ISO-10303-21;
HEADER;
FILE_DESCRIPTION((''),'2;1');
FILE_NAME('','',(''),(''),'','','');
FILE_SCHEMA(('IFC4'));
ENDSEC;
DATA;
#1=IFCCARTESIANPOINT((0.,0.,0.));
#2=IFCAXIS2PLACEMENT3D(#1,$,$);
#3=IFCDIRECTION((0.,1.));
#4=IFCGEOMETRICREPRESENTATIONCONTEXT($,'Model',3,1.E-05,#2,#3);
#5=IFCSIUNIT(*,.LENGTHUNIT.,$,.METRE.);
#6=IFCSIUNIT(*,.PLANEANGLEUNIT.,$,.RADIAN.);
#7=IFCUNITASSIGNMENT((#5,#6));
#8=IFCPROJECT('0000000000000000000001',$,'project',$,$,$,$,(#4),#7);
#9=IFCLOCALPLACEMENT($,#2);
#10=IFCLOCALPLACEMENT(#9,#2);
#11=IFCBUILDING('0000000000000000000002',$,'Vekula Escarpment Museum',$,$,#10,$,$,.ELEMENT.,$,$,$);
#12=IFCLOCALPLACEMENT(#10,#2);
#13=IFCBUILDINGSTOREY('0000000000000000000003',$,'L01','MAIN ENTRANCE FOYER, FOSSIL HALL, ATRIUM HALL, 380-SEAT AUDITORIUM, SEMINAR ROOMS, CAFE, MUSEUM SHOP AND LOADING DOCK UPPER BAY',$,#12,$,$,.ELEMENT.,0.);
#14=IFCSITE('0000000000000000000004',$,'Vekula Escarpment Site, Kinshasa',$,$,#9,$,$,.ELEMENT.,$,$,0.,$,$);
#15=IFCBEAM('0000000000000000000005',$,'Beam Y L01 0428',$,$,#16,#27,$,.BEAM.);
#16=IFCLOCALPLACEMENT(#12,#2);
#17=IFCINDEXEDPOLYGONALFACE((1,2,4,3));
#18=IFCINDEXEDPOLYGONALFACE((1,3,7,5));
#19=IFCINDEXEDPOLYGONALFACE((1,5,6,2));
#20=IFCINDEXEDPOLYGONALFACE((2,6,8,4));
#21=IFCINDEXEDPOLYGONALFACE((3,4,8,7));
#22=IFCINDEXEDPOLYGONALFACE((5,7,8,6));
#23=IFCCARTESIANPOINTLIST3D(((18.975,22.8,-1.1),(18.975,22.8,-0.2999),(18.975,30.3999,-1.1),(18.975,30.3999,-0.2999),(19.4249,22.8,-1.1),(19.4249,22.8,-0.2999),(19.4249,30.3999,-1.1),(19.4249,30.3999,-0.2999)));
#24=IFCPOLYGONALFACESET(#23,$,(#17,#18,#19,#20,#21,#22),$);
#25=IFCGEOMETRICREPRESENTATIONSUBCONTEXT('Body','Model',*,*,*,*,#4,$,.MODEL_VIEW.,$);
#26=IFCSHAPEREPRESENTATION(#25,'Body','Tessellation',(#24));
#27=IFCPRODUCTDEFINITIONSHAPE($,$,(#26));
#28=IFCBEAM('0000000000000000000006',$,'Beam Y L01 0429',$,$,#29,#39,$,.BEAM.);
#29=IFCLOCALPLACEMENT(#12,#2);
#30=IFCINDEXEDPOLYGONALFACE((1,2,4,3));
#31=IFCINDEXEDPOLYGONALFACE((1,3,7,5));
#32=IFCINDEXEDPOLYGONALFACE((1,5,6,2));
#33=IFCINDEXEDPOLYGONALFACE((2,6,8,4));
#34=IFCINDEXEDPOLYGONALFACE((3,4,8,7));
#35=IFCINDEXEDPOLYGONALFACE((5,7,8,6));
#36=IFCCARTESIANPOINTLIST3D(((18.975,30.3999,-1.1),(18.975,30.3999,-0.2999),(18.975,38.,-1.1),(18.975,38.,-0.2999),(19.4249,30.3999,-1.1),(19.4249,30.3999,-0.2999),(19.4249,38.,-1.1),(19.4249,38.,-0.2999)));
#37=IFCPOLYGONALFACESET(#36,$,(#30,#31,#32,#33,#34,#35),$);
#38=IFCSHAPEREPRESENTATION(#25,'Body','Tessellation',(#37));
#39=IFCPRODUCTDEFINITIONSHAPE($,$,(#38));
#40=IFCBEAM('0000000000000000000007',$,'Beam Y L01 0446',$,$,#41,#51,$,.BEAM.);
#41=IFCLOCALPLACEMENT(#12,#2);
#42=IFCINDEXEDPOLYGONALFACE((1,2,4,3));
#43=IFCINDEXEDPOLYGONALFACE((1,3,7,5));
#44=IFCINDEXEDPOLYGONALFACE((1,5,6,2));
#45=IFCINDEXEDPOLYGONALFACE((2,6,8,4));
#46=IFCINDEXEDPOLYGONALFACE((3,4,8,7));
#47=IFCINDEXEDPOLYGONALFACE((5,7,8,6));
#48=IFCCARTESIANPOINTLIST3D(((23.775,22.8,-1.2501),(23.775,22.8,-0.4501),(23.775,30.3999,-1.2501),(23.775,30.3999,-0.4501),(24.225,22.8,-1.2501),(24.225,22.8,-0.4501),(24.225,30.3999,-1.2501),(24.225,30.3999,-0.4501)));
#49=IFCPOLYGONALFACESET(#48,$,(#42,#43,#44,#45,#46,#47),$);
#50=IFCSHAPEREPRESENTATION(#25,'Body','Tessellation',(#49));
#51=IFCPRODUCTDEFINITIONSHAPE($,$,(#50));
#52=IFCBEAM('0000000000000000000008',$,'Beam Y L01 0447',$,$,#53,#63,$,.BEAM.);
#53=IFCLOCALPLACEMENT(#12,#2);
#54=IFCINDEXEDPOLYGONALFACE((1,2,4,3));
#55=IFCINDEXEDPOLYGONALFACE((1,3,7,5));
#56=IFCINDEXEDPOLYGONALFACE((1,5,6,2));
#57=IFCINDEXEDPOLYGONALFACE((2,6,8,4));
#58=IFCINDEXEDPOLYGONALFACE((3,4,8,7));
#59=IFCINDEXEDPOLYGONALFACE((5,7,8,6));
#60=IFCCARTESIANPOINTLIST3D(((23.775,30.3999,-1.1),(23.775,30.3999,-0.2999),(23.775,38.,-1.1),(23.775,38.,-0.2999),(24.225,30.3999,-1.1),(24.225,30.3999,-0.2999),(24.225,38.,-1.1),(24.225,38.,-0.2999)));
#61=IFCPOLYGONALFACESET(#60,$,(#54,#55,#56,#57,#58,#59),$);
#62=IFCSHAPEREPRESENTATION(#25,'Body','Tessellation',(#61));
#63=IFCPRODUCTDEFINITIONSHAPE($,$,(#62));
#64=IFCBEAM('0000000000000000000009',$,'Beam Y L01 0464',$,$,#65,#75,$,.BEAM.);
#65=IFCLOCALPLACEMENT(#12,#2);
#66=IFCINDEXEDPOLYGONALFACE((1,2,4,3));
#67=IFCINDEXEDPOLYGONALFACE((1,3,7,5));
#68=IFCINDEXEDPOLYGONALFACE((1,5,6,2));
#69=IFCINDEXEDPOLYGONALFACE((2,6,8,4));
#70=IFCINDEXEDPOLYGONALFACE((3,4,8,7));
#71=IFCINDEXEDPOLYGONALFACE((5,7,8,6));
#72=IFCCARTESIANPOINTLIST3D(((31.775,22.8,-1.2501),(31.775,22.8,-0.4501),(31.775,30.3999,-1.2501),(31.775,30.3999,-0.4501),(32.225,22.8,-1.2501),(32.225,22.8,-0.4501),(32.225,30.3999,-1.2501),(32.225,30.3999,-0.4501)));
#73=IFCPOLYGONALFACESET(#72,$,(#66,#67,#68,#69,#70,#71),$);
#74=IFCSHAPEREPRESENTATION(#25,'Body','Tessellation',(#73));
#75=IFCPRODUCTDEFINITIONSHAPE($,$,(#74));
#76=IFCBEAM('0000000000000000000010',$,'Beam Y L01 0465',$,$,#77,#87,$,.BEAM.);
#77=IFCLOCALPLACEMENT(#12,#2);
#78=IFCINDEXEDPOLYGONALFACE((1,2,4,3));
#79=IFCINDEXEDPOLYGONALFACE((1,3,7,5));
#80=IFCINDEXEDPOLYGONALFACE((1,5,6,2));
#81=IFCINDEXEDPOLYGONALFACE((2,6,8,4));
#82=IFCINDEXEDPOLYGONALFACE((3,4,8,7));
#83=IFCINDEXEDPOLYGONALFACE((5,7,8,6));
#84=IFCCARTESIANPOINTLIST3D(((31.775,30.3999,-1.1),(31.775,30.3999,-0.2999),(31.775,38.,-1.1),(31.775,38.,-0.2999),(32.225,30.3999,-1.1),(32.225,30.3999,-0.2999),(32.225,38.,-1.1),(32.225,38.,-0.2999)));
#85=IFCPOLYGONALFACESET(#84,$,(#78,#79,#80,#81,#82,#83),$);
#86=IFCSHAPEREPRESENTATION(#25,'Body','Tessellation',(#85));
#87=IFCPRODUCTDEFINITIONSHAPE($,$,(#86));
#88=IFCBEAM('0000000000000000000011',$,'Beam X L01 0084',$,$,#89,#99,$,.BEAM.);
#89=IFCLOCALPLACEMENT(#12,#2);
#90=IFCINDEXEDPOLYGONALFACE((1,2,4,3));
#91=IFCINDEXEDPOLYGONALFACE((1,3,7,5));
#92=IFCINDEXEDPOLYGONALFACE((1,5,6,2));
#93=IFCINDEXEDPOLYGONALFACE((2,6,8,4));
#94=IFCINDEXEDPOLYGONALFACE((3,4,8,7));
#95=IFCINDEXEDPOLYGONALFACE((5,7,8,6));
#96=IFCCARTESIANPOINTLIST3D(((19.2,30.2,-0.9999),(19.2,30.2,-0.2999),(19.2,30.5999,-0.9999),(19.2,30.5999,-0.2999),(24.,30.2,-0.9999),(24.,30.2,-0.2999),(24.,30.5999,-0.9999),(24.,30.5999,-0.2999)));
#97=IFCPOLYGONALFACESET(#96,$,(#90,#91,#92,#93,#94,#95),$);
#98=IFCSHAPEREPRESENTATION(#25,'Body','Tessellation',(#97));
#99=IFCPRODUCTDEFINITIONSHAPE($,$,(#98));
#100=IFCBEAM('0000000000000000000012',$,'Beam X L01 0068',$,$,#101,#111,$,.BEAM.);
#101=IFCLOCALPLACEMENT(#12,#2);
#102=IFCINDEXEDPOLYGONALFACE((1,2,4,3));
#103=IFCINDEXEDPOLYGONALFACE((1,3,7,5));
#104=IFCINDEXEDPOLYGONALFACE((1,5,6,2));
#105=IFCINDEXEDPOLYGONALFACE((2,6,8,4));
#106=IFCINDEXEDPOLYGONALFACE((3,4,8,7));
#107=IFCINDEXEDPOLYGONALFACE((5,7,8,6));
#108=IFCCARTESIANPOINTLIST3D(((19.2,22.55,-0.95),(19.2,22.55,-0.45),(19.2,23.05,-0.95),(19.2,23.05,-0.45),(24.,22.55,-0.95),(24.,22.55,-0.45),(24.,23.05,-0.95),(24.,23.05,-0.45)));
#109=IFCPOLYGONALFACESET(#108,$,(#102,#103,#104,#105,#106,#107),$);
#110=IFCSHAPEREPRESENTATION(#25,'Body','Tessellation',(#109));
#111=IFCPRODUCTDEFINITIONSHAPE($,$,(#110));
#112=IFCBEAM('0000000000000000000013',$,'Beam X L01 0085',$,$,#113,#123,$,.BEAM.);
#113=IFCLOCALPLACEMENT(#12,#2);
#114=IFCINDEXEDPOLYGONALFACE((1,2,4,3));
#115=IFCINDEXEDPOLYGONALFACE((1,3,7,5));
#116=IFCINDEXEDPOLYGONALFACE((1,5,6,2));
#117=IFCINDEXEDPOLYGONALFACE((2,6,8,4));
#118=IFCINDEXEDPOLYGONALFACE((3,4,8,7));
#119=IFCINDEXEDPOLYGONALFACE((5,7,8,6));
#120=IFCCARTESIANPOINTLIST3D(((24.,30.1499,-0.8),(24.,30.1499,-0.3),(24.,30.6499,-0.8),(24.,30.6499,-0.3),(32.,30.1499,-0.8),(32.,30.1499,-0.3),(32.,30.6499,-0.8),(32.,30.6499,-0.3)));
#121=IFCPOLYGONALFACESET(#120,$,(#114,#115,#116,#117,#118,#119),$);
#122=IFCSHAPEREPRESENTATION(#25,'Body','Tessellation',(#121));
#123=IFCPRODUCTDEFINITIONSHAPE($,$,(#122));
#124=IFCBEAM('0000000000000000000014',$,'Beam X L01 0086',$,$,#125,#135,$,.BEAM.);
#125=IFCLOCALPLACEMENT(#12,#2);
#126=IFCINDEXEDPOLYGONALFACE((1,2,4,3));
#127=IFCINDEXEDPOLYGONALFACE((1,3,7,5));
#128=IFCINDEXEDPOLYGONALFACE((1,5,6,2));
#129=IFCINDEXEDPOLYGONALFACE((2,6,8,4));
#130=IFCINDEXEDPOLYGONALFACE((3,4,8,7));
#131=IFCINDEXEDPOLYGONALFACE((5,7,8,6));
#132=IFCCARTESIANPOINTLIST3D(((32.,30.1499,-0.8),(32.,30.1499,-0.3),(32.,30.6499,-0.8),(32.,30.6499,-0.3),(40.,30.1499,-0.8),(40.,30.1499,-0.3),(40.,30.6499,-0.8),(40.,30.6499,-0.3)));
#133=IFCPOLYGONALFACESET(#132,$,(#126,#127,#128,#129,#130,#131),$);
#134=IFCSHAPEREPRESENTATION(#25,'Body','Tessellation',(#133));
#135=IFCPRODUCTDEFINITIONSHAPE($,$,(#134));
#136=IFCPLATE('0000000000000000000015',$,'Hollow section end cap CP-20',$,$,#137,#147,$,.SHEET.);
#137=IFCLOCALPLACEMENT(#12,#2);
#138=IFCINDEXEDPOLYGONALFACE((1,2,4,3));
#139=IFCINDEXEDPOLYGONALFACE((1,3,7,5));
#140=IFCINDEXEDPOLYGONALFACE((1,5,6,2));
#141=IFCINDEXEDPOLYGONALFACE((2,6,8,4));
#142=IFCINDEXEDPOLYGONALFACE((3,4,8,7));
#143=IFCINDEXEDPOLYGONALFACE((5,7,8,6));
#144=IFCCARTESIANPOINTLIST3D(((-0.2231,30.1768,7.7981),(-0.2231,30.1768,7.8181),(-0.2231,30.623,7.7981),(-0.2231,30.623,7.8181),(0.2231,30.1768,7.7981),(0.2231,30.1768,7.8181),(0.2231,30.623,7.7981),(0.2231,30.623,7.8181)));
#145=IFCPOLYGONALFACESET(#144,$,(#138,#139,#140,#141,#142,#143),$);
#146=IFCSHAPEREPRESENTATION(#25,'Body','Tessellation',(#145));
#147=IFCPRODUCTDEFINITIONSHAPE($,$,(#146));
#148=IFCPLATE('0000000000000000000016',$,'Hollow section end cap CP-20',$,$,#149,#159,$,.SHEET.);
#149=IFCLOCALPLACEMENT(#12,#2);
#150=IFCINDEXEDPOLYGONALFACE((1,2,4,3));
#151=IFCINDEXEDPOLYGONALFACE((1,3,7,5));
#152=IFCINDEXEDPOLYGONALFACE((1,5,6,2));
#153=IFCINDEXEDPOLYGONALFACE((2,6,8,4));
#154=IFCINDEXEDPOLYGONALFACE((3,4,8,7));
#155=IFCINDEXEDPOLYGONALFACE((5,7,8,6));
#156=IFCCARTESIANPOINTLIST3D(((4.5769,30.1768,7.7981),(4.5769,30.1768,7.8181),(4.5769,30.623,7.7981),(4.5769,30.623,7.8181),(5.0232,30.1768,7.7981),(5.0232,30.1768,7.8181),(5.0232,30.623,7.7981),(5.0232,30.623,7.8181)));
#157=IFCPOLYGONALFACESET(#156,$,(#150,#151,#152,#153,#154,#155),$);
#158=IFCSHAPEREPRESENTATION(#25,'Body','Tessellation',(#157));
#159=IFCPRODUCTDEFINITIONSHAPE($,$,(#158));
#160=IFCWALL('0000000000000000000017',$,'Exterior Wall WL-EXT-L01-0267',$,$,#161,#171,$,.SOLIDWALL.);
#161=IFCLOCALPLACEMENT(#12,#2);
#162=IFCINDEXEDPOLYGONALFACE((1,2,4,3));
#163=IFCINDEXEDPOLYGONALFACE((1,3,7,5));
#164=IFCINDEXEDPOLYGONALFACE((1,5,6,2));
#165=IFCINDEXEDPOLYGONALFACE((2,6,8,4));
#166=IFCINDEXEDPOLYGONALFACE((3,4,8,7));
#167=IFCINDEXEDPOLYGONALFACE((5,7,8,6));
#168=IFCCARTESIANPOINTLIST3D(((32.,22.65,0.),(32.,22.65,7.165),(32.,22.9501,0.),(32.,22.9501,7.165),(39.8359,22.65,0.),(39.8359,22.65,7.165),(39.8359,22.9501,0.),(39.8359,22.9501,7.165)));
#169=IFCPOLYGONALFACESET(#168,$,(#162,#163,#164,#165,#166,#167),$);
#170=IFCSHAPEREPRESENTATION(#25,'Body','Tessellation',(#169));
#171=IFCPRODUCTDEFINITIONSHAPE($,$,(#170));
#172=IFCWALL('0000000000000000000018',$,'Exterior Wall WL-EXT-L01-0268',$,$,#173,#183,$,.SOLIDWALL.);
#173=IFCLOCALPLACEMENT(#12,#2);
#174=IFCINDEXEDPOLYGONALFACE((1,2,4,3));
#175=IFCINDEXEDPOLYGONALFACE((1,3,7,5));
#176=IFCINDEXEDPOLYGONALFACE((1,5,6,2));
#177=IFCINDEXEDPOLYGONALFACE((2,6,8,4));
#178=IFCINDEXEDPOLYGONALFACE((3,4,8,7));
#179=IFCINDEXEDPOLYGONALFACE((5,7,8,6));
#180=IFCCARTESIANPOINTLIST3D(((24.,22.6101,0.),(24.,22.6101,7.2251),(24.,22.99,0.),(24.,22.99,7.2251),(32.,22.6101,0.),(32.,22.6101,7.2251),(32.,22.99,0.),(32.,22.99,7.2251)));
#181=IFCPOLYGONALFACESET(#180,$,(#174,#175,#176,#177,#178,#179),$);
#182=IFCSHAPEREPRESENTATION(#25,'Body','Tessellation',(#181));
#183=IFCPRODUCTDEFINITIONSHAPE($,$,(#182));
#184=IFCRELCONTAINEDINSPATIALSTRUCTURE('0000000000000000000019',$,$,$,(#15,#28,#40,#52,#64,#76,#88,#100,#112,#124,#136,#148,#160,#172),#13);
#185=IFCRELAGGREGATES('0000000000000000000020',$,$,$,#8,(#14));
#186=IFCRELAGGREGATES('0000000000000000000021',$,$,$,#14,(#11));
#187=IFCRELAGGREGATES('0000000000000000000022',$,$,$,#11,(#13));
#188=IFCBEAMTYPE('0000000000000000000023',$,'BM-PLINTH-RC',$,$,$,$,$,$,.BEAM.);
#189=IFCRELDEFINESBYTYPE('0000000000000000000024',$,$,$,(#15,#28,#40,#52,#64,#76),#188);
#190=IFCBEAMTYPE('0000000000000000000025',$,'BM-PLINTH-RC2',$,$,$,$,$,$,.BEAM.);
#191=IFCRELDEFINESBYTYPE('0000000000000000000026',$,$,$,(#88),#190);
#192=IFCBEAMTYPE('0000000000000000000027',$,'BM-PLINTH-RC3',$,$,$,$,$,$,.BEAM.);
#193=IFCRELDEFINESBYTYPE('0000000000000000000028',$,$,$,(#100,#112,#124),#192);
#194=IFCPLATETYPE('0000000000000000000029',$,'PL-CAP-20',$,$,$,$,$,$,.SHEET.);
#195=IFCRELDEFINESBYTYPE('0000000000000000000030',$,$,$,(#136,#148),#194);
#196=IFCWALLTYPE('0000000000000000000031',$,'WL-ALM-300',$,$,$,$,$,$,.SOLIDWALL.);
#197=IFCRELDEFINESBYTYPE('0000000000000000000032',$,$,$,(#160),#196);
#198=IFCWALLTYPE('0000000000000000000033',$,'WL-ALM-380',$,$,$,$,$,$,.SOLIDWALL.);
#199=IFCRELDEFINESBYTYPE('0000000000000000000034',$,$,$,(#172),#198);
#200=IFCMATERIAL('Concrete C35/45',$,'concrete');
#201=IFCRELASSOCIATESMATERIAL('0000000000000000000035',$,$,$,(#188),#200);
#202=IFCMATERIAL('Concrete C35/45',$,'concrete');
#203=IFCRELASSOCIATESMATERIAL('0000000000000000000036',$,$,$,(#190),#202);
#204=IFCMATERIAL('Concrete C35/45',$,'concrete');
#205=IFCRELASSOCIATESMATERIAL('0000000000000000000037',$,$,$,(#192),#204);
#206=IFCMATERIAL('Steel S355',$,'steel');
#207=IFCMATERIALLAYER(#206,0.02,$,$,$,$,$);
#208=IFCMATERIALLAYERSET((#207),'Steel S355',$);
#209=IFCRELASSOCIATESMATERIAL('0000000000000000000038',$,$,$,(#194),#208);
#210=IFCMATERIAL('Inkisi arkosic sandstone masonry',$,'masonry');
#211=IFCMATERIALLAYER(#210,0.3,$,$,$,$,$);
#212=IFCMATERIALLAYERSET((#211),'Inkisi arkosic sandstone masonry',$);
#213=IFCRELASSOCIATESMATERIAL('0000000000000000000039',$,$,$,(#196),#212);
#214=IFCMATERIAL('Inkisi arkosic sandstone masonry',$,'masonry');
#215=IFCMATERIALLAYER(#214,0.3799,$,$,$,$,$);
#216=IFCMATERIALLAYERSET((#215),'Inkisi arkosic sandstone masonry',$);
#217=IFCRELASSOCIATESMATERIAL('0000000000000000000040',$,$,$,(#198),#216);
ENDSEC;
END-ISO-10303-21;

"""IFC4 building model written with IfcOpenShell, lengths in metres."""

from ifc_helpers import new_model, si_unit, direction, frame, frame_2d, origin, origin_2d, place, context, subcontext, project, spatial, rectangle, extrude, material, layer, layer_set, material_profile, profile_set, type_object, element, save


model = new_model("IFC4")

# Units and contexts
model_context = context("Model", 3, precision=1e-05, world=origin(), true_north=direction((0.0, 1.0)))
body_context = subcontext(model_context, "Body", "Model", "MODEL_VIEW")
ifc_project = project(units=[si_unit("LENGTHUNIT", "METRE"), si_unit("PLANEANGLEUNIT", "RADIAN")], contexts=[model_context])

# Site, building, storey
site_placement = place(None, origin())
site = spatial("IfcSite", under=ifc_project, at=site_placement, Name="Vekula Escarpment Site, Kinshasa", CompositionType="ELEMENT", RefElevation=0.0)
building_placement = place(site_placement, origin())
building = spatial("IfcBuilding", under=site, at=building_placement, Name="Vekula Escarpment Museum", CompositionType="ELEMENT")
storey_placement = place(building_placement, origin())
storey = spatial("IfcBuildingStorey", under=building, at=storey_placement, Name="L01", Description="MAIN ENTRANCE FOYER, FOSSIL HALL, ATRIUM HALL, 380-SEAT AUDITORIUM, SEMINAR ROOMS, CAFE, MUSEUM SHOP AND LOADING DOCK UPPER BAY", CompositionType="ELEMENT", Elevation=0.0)

# Beams
ifc_material_1 = material(Name="Concrete C35/45", Category="concrete")
ifc_material_profile_1 = material_profile(ifc_material_1, rectangle(XDim=0.45, YDim=0.8, at=origin_2d()), Name="RC 450x800")
ifc_profile_set_1 = profile_set([ifc_material_profile_1], Name="Concrete C35/45")
beam_type_1 = type_object("IfcBeamType", Name="BM-PLINTH-RC", PredefinedType="BEAM", material=ifc_profile_set_1)
beam_1_placement = place(storey_placement, frame((19.2, 22.8, -0.7), z_axis=(0.0, 1.0, 0.0), x_axis=(-1.0, 0.0, 0.0)))
element("IfcBeam", 1, at=beam_1_placement, inside=storey, type_object=beam_type_1, Name="Beam Y L01 0428", PredefinedType="BEAM", context=body_context, shape_type="SweptSolid", body=[
    extrude(rectangle(XDim=0.45, YDim=0.8, at=origin_2d()), origin(), (0.0, 0.0, 1.0), 7.5999),
])
beam_2_placement = place(storey_placement, frame((19.2, 30.3999, -0.7), z_axis=(0.0, 1.0, 0.0), x_axis=(-1.0, 0.0, 0.0)))
element("IfcBeam", 2, at=beam_2_placement, inside=storey, type_object=beam_type_1, Name="Beam Y L01 0429", PredefinedType="BEAM", context=body_context, shape_type="SweptSolid", body=[
    extrude(rectangle(XDim=0.45, YDim=0.8, at=origin_2d()), origin(), (0.0, 0.0, 1.0), 7.6001),
])
beam_3_placement = place(storey_placement, frame((24.0, 22.8, -0.8501), z_axis=(0.0, 1.0, 0.0), x_axis=(-1.0, 0.0, 0.0)))
element("IfcBeam", 3, at=beam_3_placement, inside=storey, type_object=beam_type_1, Name="Beam Y L01 0446", PredefinedType="BEAM", context=body_context, shape_type="SweptSolid", body=[
    extrude(rectangle(XDim=0.45, YDim=0.8, at=origin_2d()), origin(), (0.0, 0.0, 1.0), 7.5999),
])
beam_4_placement = place(storey_placement, frame((24.0, 30.3999, -0.7), z_axis=(0.0, 1.0, 0.0), x_axis=(-1.0, 0.0, 0.0)))
element("IfcBeam", 4, at=beam_4_placement, inside=storey, type_object=beam_type_1, Name="Beam Y L01 0447", PredefinedType="BEAM", context=body_context, shape_type="SweptSolid", body=[
    extrude(rectangle(XDim=0.45, YDim=0.8, at=origin_2d()), origin(), (0.0, 0.0, 1.0), 7.6001),
])
beam_5_placement = place(storey_placement, frame((32.0, 22.8, -0.8501), z_axis=(0.0, 1.0, 0.0), x_axis=(-1.0, 0.0, 0.0)))
element("IfcBeam", 5, at=beam_5_placement, inside=storey, type_object=beam_type_1, Name="Beam Y L01 0464", PredefinedType="BEAM", context=body_context, shape_type="SweptSolid", body=[
    extrude(rectangle(XDim=0.45, YDim=0.8, at=origin_2d()), origin(), (0.0, 0.0, 1.0), 7.5999),
])
beam_6_placement = place(storey_placement, frame((32.0, 30.3999, -0.7), z_axis=(0.0, 1.0, 0.0), x_axis=(-1.0, 0.0, 0.0)))
element("IfcBeam", 6, at=beam_6_placement, inside=storey, type_object=beam_type_1, Name="Beam Y L01 0465", PredefinedType="BEAM", context=body_context, shape_type="SweptSolid", body=[
    extrude(rectangle(XDim=0.45, YDim=0.8, at=origin_2d()), origin(), (0.0, 0.0, 1.0), 7.6001),
])
ifc_material_2 = material(Name="Concrete C35/45", Category="concrete")
ifc_material_profile_2 = material_profile(ifc_material_2, rectangle(XDim=0.3999, YDim=0.7, at=origin_2d()), Name="RC 400x700")
ifc_profile_set_2 = profile_set([ifc_material_profile_2], Name="Concrete C35/45")
beam_type_2 = type_object("IfcBeamType", Name="BM-PLINTH-RC2", PredefinedType="BEAM", material=ifc_profile_set_2)
beam_7_placement = place(storey_placement, frame((19.2, 30.3999, -0.6499), z_axis=(1.0, 0.0, 0.0), x_axis=(0.0, 1.0, 0.0)))
element("IfcBeam", 7, at=beam_7_placement, inside=storey, type_object=beam_type_2, Name="Beam X L01 0084", PredefinedType="BEAM", context=body_context, shape_type="SweptSolid", body=[
    extrude(rectangle(XDim=0.3999, YDim=0.7, at=origin_2d()), origin(), (0.0, 0.0, 1.0), 4.8),
])
ifc_material_3 = material(Name="Concrete C35/45", Category="concrete")
ifc_material_profile_3 = material_profile(ifc_material_3, rectangle(XDim=0.5, YDim=0.5, at=origin_2d()), Name="RC 500x500")
ifc_profile_set_3 = profile_set([ifc_material_profile_3], Name="Concrete C35/45")
beam_type_3 = type_object("IfcBeamType", Name="BM-PLINTH-RC3", PredefinedType="BEAM", material=ifc_profile_set_3)
beam_8_placement = place(storey_placement, frame((19.2, 22.8, -0.7), z_axis=(1.0, 0.0, 0.0), x_axis=(0.0, 1.0, 0.0)))
element("IfcBeam", 8, at=beam_8_placement, inside=storey, type_object=beam_type_3, Name="Beam X L01 0068", PredefinedType="BEAM", context=body_context, shape_type="SweptSolid", body=[
    extrude(rectangle(XDim=0.5, YDim=0.5, at=origin_2d()), origin(), (0.0, 0.0, 1.0), 4.8),
])
for number, where, z_axis, x_axis, name in (
    (9, (24.0, 30.3999, -0.55), (1.0, 0.0, 0.0), (0.0, 1.0, 0.0), "Beam X L01 0085"),
    (10, (32.0, 30.3999, -0.55), (1.0, 0.0, 0.0), (0.0, 1.0, 0.0), "Beam X L01 0086"),
):
    element("IfcBeam", number, at=place(storey_placement, frame(where, z_axis=z_axis, x_axis=x_axis)), inside=storey, type_object=beam_type_3, Name=name, PredefinedType="BEAM", context=body_context, shape_type="SweptSolid", body=[
        extrude(rectangle(XDim=0.5, YDim=0.5, at=origin_2d()), origin(), (0.0, 0.0, 1.0), 8.0),
    ])

# Plates
ifc_material_4 = material(Name="Steel S355", Category="steel")
ifc_layer_1 = layer(ifc_material_4, 0.02)
ifc_layer_set_1 = layer_set([ifc_layer_1], Name="Steel S355")
plate_type = type_object("IfcPlateType", Name="PL-CAP-20", PredefinedType="SHEET", material=ifc_layer_set_1)
for number, where, z_axis, x_axis, name in (
    (11, (0.0, 30.3999, 7.7981), (0.0, 0.0, 1.0), (1.0, 0.0, 0.0), "Hollow section end cap CP-20"),
    (12, (4.8, 30.3999, 7.7981), (0.0, 0.0, 1.0), (1.0, 0.0, 0.0), "Hollow section end cap CP-20"),
):
    element("IfcPlate", number, at=place(storey_placement, frame(where, z_axis=z_axis, x_axis=x_axis)), inside=storey, type_object=plate_type, Name=name, PredefinedType="SHEET", context=body_context, shape_type="SweptSolid", body=[
        extrude(rectangle(XDim=0.4463, YDim=0.4463, at=origin_2d()), origin(), (0.0, 0.0, 1.0), 0.02),
    ])

# Walls
ifc_material_5 = material(Name="Inkisi arkosic sandstone masonry", Category="masonry")
ifc_layer_2 = layer(ifc_material_5, 0.3)
ifc_layer_set_2 = layer_set([ifc_layer_2], Name="Inkisi arkosic sandstone masonry")
wall_type_1 = type_object("IfcWallType", Name="WL-ALM-300", PredefinedType="SOLIDWALL", material=ifc_layer_set_2)
wall_1_placement = place(storey_placement, frame((32.0, 22.8, 0.0), z_axis=(0.0, 0.0, 1.0), x_axis=(1.0, 0.0, 0.0)))
element("IfcWall", 13, at=wall_1_placement, inside=storey, type_object=wall_type_1, Name="Exterior Wall WL-EXT-L01-0267", PredefinedType="SOLIDWALL", context=body_context, shape_type="SweptSolid", body=[
    extrude(rectangle(XDim=7.8359, YDim=0.3, at=frame_2d((3.918, 0.0))), origin(), (0.0, 0.0, 1.0), 7.165),
])
ifc_material_6 = material(Name="Inkisi arkosic sandstone masonry", Category="masonry")
ifc_layer_3 = layer(ifc_material_6, 0.3799)
ifc_layer_set_3 = layer_set([ifc_layer_3], Name="Inkisi arkosic sandstone masonry")
wall_type_2 = type_object("IfcWallType", Name="WL-ALM-380", PredefinedType="SOLIDWALL", material=ifc_layer_set_3)
wall_2_placement = place(storey_placement, frame((24.0, 22.8, 0.0), z_axis=(0.0, 0.0, 1.0), x_axis=(1.0, 0.0, 0.0)))
element("IfcWall", 14, at=wall_2_placement, inside=storey, type_object=wall_type_2, Name="Exterior Wall WL-EXT-L01-0268", PredefinedType="SOLIDWALL", context=body_context, shape_type="SweptSolid", body=[
    extrude(rectangle(XDim=8.0, YDim=0.3799, at=frame_2d((4.0, 0.0))), origin(), (0.0, 0.0, 1.0), 7.2251),
])

save(model, "model.ifc")
